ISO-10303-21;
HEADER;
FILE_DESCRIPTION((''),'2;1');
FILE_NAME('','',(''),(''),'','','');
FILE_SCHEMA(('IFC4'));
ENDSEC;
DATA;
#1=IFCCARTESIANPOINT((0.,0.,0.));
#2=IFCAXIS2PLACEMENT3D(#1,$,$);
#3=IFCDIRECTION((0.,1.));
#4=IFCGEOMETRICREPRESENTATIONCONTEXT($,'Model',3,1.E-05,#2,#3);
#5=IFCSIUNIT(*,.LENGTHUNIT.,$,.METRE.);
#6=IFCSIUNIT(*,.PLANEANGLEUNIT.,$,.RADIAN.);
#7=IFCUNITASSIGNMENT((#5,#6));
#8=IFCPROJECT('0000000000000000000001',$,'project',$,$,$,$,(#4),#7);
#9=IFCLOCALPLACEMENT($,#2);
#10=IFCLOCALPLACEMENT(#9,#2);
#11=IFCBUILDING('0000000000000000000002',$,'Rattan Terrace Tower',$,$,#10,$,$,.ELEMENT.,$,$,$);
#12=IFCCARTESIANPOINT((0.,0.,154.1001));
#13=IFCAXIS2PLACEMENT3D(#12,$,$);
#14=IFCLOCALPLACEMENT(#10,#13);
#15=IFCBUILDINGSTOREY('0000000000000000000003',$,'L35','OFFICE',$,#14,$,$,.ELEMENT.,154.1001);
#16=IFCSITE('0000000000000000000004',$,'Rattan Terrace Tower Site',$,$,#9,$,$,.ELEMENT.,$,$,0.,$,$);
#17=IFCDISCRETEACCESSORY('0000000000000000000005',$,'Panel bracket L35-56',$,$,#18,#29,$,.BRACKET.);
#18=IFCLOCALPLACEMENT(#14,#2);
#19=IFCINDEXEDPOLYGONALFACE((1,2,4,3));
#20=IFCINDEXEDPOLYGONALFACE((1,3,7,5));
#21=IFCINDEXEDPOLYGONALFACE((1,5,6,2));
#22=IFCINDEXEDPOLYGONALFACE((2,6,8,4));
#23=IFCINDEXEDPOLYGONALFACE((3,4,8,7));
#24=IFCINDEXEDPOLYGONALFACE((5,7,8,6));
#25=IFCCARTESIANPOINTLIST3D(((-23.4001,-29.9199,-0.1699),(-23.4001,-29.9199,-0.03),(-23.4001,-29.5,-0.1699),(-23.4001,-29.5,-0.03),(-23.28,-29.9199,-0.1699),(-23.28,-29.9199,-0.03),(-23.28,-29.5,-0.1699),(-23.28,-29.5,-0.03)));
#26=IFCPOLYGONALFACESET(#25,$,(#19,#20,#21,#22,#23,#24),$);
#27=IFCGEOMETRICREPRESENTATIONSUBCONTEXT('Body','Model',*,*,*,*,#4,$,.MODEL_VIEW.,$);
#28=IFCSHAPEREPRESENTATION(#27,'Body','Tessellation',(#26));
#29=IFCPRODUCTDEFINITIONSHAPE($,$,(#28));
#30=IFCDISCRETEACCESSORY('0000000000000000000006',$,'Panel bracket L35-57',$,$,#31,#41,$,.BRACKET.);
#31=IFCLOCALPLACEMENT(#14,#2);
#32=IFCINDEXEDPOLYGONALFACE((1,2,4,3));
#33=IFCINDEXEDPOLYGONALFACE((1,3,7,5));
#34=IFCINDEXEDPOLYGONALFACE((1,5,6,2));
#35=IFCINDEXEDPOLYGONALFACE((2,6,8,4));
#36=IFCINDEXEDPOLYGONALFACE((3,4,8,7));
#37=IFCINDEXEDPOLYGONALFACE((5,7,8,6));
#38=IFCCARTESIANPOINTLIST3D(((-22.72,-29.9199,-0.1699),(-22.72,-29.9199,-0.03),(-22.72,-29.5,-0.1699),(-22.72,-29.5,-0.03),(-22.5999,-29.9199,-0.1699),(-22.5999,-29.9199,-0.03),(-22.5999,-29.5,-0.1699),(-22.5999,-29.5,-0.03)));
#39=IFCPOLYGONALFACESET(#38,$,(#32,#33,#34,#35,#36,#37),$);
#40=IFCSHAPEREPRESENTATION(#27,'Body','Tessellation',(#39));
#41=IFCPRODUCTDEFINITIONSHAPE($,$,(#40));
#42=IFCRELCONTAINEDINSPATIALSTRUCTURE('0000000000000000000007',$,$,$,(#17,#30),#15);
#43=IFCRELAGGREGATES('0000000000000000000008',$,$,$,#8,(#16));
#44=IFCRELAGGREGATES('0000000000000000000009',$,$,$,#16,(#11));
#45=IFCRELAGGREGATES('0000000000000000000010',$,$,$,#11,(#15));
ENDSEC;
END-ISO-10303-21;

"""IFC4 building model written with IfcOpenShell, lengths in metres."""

from ifc_helpers import new_model, si_unit, direction, frame, origin, origin_2d, place, context, subcontext, project, spatial, rectangle, extrude, element, save


model = new_model("IFC4")

# Units and contexts
model_context = context("Model", 3, precision=1e-05, world=origin(), true_north=direction((0.0, 1.0)))
body_context = subcontext(model_context, "Body", "Model", "MODEL_VIEW")
ifc_project = project(units=[si_unit("LENGTHUNIT", "METRE"), si_unit("PLANEANGLEUNIT", "RADIAN")], contexts=[model_context])

# Site, building, storey
site_placement = place(None, origin())
site = spatial("IfcSite", under=ifc_project, at=site_placement, Name="Rattan Terrace Tower Site", CompositionType="ELEMENT", RefElevation=0.0)
building_placement = place(site_placement, origin())
building = spatial("IfcBuilding", under=site, at=building_placement, Name="Rattan Terrace Tower", CompositionType="ELEMENT")
storey_placement = place(building_placement, frame((0.0, 0.0, 154.1001)))
storey = spatial("IfcBuildingStorey", under=building, at=storey_placement, Name="L35", Description="OFFICE", CompositionType="ELEMENT", Elevation=154.1001)

# Discrete accessories
for number, where, z_axis, x_axis, name in (
    (1, (-23.3401, -29.71, -0.1699), (0.0, 0.0, 1.0), (1.0, 0.0, 0.0), "Panel bracket L35-56"),
    (2, (-22.6599, -29.71, -0.1699), (0.0, 0.0, 1.0), (1.0, 0.0, 0.0), "Panel bracket L35-57"),
):
    element("IfcDiscreteAccessory", number, at=place(storey_placement, frame(where, z_axis=z_axis, x_axis=x_axis)), inside=storey, Name=name, PredefinedType="BRACKET", context=body_context, shape_type="SweptSolid", body=[
        extrude(rectangle(XDim=0.1201, YDim=0.4199, at=origin_2d()), origin(), (0.0, 0.0, 1.0), 0.1399),
    ])

save(model, "model.ifc")
